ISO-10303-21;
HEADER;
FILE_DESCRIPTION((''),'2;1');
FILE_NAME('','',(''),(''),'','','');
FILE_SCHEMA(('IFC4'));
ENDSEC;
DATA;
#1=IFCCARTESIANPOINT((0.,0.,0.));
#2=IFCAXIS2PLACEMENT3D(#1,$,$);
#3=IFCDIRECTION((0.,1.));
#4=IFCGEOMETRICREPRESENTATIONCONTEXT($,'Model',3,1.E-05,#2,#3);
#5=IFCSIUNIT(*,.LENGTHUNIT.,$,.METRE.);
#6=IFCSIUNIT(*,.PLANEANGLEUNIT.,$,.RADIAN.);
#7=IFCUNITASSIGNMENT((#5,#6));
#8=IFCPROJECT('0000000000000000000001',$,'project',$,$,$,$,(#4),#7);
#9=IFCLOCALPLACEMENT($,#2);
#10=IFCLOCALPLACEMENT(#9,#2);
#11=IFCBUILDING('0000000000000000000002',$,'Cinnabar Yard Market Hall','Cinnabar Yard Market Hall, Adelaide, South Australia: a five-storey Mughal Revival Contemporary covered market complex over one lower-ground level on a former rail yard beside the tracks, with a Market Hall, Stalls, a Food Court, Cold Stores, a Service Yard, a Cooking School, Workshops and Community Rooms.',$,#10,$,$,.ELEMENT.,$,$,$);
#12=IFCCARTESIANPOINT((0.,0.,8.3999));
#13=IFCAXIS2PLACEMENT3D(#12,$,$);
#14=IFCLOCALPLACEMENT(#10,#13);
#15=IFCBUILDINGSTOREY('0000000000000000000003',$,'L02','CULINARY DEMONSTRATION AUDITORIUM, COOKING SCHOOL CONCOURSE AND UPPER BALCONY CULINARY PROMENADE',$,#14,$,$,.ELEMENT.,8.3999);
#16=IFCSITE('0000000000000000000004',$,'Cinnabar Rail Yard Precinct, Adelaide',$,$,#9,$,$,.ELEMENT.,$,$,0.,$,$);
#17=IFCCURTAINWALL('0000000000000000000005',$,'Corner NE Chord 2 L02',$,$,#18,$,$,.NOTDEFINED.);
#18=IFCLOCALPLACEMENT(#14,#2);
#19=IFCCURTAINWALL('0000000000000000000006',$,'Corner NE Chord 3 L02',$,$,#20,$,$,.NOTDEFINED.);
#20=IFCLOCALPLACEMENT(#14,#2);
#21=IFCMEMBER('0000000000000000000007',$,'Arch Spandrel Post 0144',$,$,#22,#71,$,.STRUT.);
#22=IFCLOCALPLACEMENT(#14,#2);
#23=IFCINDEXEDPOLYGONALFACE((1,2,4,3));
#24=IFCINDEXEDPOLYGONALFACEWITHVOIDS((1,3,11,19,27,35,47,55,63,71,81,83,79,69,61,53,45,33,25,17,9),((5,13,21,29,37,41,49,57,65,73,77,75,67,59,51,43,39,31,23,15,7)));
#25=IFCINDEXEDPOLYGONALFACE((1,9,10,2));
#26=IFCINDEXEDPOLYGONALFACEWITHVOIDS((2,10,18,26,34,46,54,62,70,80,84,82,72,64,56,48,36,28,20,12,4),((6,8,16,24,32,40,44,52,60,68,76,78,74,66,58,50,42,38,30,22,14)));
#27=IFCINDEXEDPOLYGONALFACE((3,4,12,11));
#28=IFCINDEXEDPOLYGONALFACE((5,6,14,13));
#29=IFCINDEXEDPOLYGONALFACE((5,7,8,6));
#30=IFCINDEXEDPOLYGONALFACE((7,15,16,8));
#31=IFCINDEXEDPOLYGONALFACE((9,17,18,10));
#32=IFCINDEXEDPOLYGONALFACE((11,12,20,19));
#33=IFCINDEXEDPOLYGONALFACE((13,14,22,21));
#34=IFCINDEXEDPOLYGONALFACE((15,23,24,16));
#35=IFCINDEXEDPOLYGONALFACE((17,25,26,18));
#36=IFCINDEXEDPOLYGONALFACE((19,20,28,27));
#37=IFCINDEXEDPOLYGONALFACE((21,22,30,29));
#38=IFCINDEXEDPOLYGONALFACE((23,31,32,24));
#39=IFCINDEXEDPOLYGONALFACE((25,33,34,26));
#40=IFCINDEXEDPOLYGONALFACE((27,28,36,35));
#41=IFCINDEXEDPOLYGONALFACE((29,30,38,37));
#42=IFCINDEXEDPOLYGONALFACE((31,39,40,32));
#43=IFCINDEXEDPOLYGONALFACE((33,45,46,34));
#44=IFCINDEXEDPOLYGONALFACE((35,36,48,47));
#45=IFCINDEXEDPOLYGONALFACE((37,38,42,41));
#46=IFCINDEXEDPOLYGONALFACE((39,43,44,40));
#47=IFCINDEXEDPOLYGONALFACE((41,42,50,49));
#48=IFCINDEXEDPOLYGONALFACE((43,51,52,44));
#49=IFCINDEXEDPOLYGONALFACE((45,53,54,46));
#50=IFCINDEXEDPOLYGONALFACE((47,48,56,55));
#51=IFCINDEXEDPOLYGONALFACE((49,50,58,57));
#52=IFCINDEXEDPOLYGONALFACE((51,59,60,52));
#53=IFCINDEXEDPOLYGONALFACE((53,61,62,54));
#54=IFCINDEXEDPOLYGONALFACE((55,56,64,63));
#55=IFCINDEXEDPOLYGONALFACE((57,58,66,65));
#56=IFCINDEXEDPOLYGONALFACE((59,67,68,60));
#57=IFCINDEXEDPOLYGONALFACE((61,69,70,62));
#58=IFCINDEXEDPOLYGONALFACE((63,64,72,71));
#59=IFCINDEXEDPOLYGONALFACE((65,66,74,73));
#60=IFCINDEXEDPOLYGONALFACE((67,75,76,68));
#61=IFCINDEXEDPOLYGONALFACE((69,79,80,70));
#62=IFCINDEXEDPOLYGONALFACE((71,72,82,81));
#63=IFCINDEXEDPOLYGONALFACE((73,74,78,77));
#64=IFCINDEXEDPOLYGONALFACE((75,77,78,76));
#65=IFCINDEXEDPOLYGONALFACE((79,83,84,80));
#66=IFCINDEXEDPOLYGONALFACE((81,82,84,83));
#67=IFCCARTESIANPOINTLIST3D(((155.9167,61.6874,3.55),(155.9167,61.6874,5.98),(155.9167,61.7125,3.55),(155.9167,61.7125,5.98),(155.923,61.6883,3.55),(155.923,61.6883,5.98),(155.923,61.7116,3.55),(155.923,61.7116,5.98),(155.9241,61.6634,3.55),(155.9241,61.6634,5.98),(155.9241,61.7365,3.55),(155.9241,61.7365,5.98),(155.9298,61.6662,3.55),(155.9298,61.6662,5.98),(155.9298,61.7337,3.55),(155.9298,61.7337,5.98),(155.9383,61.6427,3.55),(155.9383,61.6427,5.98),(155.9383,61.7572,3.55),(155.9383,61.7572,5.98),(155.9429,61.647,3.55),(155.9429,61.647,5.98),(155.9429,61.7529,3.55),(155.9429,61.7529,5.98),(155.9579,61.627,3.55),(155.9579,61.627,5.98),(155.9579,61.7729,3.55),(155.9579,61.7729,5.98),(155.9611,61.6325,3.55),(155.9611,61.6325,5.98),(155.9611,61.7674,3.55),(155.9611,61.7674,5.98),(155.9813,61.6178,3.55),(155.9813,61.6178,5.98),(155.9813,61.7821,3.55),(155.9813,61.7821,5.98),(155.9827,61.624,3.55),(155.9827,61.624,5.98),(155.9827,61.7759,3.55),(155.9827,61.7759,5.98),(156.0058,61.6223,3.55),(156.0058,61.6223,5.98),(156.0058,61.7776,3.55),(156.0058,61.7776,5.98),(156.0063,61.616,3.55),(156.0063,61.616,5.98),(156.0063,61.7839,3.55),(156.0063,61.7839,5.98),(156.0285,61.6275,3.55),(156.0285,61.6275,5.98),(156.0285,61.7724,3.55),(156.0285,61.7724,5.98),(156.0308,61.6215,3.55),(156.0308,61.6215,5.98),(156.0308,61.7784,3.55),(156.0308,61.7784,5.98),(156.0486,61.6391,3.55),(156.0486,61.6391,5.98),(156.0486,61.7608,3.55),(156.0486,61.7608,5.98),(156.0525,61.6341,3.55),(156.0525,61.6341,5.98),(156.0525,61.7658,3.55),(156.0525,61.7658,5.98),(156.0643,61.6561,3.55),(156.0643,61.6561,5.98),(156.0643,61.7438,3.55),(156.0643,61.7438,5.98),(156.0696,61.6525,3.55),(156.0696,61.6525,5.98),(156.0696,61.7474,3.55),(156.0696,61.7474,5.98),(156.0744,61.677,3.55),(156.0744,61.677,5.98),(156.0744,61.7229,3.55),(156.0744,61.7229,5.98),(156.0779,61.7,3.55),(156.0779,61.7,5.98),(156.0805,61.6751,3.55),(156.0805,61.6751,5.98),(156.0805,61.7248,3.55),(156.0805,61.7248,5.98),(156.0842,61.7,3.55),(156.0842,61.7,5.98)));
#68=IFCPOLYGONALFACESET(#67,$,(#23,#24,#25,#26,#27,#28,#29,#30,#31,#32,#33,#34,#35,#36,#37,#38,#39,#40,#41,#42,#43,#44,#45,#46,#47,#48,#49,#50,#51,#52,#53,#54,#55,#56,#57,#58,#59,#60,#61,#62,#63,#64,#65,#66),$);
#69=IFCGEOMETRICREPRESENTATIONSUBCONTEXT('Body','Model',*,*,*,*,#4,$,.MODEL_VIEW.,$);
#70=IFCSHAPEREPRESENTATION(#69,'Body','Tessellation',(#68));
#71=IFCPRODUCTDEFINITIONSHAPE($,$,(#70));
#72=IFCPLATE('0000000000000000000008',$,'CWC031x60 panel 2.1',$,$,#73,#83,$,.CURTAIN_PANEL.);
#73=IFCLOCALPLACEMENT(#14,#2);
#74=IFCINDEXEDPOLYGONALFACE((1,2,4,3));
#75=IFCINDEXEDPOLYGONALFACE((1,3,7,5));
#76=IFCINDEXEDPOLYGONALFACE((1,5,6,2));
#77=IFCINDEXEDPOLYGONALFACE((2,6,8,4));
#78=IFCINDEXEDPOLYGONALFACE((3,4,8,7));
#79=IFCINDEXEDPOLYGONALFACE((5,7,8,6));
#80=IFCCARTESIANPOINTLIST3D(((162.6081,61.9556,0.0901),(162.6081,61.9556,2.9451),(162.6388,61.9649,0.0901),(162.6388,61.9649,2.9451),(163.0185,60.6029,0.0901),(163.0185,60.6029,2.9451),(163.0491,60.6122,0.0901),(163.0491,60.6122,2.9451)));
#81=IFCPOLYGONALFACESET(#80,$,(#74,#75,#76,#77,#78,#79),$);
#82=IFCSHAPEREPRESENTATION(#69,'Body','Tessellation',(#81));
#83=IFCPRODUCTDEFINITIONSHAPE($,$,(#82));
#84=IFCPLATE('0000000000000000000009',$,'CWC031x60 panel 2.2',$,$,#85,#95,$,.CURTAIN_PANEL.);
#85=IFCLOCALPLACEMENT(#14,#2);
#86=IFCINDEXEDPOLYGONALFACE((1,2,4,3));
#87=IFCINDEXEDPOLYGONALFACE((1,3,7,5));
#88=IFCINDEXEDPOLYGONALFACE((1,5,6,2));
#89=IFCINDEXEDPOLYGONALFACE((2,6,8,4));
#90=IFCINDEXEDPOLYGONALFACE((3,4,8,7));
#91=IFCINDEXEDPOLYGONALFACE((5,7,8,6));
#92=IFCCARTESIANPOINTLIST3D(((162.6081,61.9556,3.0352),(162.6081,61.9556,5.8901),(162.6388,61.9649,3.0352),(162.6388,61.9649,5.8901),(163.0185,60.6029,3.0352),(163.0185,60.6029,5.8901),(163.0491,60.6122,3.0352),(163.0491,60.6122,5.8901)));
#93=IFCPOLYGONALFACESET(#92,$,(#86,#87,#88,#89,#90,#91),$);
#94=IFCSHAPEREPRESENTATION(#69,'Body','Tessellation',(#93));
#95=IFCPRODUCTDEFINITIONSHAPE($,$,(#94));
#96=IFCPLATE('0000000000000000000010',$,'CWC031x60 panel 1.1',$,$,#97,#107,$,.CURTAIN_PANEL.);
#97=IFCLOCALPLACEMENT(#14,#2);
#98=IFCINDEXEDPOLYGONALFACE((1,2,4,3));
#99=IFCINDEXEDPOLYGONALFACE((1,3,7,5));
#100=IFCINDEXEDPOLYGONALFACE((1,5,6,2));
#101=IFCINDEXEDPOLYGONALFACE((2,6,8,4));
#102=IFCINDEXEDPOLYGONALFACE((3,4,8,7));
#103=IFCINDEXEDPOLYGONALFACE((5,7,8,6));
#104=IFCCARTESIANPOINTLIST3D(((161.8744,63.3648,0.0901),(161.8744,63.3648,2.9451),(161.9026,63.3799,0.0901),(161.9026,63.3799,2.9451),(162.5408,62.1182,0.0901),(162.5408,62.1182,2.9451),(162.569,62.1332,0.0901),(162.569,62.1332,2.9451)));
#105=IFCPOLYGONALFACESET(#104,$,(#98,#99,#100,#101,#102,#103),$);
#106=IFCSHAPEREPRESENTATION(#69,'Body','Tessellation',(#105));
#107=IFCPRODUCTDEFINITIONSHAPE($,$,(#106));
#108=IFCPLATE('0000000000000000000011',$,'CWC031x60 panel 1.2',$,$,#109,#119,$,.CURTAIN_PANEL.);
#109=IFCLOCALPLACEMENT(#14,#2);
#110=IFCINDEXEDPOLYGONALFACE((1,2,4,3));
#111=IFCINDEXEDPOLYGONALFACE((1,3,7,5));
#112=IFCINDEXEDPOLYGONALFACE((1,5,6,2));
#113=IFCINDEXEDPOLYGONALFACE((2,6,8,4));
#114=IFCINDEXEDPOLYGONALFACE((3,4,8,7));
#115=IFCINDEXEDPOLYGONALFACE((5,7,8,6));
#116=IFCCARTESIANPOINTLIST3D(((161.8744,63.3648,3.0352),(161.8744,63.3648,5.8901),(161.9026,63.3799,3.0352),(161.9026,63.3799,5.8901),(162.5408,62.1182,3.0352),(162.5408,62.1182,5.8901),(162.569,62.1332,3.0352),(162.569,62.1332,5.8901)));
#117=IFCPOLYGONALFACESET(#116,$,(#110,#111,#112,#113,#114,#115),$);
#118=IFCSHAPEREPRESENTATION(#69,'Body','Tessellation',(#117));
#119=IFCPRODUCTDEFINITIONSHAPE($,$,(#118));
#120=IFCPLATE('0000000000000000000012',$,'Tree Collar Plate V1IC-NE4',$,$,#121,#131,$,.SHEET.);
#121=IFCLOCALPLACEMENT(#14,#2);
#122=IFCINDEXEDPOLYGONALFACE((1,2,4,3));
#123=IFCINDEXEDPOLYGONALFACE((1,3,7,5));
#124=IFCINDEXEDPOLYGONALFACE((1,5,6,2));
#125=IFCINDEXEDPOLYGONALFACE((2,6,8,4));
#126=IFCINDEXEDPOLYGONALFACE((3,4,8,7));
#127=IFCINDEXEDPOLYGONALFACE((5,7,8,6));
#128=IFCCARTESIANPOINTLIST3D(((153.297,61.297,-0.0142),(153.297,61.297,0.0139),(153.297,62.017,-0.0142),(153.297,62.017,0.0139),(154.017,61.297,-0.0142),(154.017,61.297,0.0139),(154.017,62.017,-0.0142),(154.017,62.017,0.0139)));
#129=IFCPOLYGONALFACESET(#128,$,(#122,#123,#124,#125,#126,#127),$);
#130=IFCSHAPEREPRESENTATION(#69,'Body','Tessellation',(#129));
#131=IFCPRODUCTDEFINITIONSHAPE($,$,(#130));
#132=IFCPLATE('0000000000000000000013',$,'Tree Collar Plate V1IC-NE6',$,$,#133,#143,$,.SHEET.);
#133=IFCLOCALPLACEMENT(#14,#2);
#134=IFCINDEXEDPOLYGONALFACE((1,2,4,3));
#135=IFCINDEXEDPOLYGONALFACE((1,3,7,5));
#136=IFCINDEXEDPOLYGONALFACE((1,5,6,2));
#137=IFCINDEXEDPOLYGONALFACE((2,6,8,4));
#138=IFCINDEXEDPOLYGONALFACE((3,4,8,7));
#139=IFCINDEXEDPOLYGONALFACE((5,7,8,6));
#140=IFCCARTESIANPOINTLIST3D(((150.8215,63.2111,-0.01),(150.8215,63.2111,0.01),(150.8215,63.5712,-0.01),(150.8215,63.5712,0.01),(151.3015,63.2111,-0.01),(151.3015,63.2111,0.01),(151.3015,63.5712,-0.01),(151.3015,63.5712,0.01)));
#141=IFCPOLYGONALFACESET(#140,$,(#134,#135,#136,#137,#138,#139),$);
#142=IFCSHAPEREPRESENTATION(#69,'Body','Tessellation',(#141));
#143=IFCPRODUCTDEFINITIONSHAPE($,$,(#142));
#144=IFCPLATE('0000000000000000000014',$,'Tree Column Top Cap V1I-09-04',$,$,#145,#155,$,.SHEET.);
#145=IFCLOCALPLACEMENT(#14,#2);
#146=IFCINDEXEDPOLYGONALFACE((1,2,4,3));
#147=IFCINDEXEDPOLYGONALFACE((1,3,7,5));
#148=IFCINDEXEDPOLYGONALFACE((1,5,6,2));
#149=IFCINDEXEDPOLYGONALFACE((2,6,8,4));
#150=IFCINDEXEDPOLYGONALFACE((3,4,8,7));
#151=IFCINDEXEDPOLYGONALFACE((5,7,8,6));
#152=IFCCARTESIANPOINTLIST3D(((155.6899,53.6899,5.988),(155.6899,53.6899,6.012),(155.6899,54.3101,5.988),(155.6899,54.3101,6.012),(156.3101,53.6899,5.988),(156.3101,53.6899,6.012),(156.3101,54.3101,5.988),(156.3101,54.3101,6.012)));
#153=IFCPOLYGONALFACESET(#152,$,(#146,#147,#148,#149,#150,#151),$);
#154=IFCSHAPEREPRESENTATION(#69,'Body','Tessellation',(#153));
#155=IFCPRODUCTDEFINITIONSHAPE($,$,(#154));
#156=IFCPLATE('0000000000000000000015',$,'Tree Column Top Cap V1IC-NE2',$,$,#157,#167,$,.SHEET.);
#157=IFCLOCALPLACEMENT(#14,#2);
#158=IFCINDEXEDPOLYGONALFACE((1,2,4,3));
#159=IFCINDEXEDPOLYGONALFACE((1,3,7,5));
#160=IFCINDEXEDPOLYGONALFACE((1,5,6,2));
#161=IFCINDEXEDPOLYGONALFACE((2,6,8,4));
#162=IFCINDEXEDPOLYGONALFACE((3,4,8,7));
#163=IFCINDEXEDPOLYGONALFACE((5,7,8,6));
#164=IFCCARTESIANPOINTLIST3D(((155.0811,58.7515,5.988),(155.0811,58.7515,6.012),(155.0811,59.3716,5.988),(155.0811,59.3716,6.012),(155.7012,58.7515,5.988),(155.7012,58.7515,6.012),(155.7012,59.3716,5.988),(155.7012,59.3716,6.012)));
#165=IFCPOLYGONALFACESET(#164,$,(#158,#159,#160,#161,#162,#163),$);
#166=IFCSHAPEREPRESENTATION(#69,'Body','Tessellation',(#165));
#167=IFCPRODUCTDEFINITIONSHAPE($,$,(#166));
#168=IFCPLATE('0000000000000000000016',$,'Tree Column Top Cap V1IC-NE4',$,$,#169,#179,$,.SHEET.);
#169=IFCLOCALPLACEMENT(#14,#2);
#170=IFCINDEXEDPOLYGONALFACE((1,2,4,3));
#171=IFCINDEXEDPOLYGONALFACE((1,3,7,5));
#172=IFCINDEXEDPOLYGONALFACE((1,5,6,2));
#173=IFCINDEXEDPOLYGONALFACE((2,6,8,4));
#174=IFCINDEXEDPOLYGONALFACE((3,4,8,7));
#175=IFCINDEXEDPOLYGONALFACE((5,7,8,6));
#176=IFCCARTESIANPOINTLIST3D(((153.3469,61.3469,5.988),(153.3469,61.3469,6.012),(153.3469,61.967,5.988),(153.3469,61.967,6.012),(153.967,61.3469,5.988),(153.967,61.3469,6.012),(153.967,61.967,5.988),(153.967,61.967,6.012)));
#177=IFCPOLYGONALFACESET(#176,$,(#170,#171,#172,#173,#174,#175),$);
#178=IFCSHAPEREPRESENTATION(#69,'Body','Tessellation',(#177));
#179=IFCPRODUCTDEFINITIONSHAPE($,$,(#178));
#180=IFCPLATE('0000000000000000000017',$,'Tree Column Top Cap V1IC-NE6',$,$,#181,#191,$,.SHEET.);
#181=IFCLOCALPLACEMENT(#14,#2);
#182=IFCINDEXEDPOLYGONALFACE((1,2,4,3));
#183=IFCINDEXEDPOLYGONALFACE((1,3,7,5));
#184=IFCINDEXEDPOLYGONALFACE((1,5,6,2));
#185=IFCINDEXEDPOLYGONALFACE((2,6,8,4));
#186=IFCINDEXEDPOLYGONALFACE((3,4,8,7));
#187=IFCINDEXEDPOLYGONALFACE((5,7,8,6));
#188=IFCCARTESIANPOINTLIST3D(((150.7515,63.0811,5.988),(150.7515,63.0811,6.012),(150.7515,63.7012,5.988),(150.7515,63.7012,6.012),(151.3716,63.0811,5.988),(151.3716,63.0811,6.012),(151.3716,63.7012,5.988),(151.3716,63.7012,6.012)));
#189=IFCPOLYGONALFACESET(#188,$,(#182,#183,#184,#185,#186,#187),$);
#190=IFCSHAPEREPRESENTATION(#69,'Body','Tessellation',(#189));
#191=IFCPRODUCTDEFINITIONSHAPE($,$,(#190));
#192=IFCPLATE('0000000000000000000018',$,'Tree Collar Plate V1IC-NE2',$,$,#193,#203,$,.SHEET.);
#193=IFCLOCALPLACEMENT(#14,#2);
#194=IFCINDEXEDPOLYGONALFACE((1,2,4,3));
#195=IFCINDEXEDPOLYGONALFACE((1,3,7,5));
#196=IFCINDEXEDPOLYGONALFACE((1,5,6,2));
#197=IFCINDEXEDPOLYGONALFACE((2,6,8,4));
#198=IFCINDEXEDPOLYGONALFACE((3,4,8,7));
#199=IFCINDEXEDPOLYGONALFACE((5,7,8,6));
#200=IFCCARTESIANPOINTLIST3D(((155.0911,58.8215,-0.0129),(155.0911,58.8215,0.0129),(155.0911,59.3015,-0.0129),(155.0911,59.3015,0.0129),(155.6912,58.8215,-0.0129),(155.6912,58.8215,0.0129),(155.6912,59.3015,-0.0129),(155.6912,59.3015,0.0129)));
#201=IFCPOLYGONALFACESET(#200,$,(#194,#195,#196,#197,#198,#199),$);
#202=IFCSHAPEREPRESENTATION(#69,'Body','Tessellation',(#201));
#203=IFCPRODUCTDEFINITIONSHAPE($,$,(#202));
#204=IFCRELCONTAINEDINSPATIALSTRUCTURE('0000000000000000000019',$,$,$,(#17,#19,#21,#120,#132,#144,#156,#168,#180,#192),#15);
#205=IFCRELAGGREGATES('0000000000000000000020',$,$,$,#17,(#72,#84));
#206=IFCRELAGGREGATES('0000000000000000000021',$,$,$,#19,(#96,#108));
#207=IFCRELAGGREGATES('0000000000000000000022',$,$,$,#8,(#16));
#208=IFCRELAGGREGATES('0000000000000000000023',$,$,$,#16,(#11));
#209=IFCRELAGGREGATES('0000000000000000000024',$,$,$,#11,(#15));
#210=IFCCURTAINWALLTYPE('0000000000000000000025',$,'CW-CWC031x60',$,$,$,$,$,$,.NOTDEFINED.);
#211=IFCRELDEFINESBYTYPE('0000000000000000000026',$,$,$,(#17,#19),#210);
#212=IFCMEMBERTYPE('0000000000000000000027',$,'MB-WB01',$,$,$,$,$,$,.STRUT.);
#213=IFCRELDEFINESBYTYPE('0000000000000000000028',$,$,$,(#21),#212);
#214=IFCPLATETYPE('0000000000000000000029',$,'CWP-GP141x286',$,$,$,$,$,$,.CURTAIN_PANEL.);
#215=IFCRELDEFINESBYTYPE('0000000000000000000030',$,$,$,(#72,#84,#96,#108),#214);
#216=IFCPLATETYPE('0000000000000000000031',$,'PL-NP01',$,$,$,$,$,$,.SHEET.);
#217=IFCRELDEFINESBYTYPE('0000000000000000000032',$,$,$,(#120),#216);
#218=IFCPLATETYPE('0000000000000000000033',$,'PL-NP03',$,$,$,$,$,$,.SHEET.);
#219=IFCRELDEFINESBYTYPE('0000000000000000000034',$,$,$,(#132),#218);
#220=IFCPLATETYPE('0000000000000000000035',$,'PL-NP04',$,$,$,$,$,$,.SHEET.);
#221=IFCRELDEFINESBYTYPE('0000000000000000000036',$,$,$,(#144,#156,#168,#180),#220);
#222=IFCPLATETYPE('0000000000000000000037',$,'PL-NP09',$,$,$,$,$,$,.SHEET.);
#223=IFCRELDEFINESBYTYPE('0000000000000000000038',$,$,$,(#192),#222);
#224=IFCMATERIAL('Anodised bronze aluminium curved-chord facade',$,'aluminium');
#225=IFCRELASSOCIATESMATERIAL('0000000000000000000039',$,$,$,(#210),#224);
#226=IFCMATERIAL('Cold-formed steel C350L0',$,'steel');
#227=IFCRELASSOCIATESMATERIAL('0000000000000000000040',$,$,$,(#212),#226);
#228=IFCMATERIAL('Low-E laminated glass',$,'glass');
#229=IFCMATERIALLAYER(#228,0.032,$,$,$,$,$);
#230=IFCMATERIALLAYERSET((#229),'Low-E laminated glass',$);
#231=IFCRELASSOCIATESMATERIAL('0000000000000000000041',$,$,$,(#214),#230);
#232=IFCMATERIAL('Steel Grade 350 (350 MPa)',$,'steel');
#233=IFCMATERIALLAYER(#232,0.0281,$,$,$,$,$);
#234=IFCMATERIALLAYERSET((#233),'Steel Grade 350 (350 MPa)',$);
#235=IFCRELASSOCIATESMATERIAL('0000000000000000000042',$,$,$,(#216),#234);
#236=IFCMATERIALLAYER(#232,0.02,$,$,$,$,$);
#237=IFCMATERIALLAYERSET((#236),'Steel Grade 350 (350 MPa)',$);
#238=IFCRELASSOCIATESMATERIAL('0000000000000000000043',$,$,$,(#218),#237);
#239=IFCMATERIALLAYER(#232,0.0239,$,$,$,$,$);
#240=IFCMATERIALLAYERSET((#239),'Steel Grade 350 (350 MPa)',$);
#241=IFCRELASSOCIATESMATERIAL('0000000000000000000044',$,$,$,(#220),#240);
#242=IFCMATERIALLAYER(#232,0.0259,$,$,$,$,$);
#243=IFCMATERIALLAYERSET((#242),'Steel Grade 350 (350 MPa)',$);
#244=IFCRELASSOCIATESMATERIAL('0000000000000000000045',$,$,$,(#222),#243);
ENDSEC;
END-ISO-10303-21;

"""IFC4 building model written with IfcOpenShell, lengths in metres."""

from ifc_helpers import new_model, si_unit, direction, frame, origin, origin_2d_with_axis, place, context, subcontext, project, spatial, rectangle, hollow_circle, extrude, material, layer, layer_set, material_profile, profile_set, type_object, element, aggregate, save


model = new_model("IFC4")

# Units and contexts
model_context = context("Model", 3, precision=1e-05, world=origin(), true_north=direction((0.0, 1.0)))
body_context = subcontext(model_context, "Body", "Model", "MODEL_VIEW")
ifc_project = project(units=[si_unit("LENGTHUNIT", "METRE"), si_unit("PLANEANGLEUNIT", "RADIAN")], contexts=[model_context])

# Site, building, storey
site_placement = place(None, origin())
site = spatial("IfcSite", under=ifc_project, at=site_placement, Name="Cinnabar Rail Yard Precinct, Adelaide", CompositionType="ELEMENT", RefElevation=0.0)
building_placement = place(site_placement, origin())
building = spatial("IfcBuilding", under=site, at=building_placement, Name="Cinnabar Yard Market Hall", Description="Cinnabar Yard Market Hall, Adelaide, South Australia: a five-storey Mughal Revival Contemporary covered market complex over one lower-ground level on a former rail yard beside the tracks, with a Market Hall, Stalls, a Food Court, Cold Stores, a Service Yard, a Cooking School, Workshops and Community Rooms.", CompositionType="ELEMENT")
storey_placement = place(building_placement, frame((0.0, 0.0, 8.3999)))
storey = spatial("IfcBuildingStorey", under=building, at=storey_placement, Name="L02", Description="CULINARY DEMONSTRATION AUDITORIUM, COOKING SCHOOL CONCOURSE AND UPPER BALCONY CULINARY PROMENADE", CompositionType="ELEMENT", Elevation=8.3999)

# Curtain wall
ifc_material_1 = material(Name="Anodised bronze aluminium curved-chord facade", Category="aluminium")
curtain_wall_type = type_object("IfcCurtainWallType", Name="CW-CWC031x60", PredefinedType="NOTDEFINED", material=ifc_material_1)
curtain_wall_1_placement = place(storey_placement, origin())
curtain_wall_1 = element("IfcCurtainWall", 1, at=curtain_wall_1_placement, inside=storey, type_object=curtain_wall_type, Name="Corner NE Chord 2 L02", PredefinedType="NOTDEFINED")

# Curtain wall
curtain_wall_2_placement = place(storey_placement, origin())
curtain_wall_2 = element("IfcCurtainWall", 2, at=curtain_wall_2_placement, inside=storey, type_object=curtain_wall_type, Name="Corner NE Chord 3 L02", PredefinedType="NOTDEFINED")

# Member
ifc_material_2 = material(Name="Cold-formed steel C350L0", Category="steel")
ifc_material_profile_1 = material_profile(ifc_material_2, hollow_circle(Radius=0.0842, WallThickness=0.0063, at=origin_2d_with_axis()), Name="168.3x6.4CHS")
ifc_profile_set_1 = profile_set([ifc_material_profile_1], Name="Cold-formed steel C350L0")
member_type_1 = type_object("IfcMemberType", Name="MB-WB01", PredefinedType="STRUT", material=ifc_profile_set_1)
for number, where, z_axis, x_axis, name in (
    (3, (156.0, 61.7, 3.55), (0.0, 0.0, 1.0), (1.0, 0.0, 0.0), "Arch Spandrel Post 0144"),
):
    element("IfcMember", number, at=place(storey_placement, frame(where, z_axis=z_axis, x_axis=x_axis)), inside=storey, type_object=member_type_1, Name=name, PredefinedType="STRUT", context=body_context, shape_type="SweptSolid", body=[
        extrude(hollow_circle(Radius=0.0842, WallThickness=0.0063, at=origin_2d_with_axis()), origin(), (0.0, 0.0, 1.0), 2.4299),
    ])

# Plates
ifc_material_3 = material(Name="Low-E laminated glass", Category="glass")
ifc_layer_1 = layer(ifc_material_3, 0.032)
ifc_layer_set_1 = layer_set([ifc_layer_1], Name="Low-E laminated glass")
plate_type_1 = type_object("IfcPlateType", Name="CWP-GP141x286", PredefinedType="CURTAIN_PANEL", material=ifc_layer_set_1)
plate_1_placement = place(storey_placement, frame((162.8286, 61.2839, 0.0901), z_axis=(0.0, 0.0, 1.0), x_axis=(-0.290279, 0.956942, 0.0)))
plate_1 = element("IfcPlate", 4, at=plate_1_placement, type_object=plate_type_1, Name="CWC031x60 panel 2.1", PredefinedType="CURTAIN_PANEL", context=body_context, shape_type="SweptSolid", body=[
    extrude(rectangle(XDim=1.4136, YDim=0.032, at=origin_2d_with_axis()), origin(), (0.0, 0.0, 1.0), 2.855),
])
plate_2_placement = place(storey_placement, frame((162.8286, 61.2839, 3.0352), z_axis=(0.0, 0.0, 1.0), x_axis=(-0.290279, 0.956942, 0.0)))
plate_2 = element("IfcPlate", 5, at=plate_2_placement, type_object=plate_type_1, Name="CWC031x60 panel 2.2", PredefinedType="CURTAIN_PANEL", context=body_context, shape_type="SweptSolid", body=[
    extrude(rectangle(XDim=1.4136, YDim=0.032, at=origin_2d_with_axis()), origin(), (0.0, 0.0, 1.0), 2.855),
])
aggregate(curtain_wall_1, [plate_1, plate_2])
plate_3_placement = place(storey_placement, frame((162.2217, 62.749, 0.0901), z_axis=(0.0, 0.0, 1.0), x_axis=(-0.471404, 0.881917, 0.0)))
plate_3 = element("IfcPlate", 6, at=plate_3_placement, type_object=plate_type_1, Name="CWC031x60 panel 1.1", PredefinedType="CURTAIN_PANEL", context=body_context, shape_type="SweptSolid", body=[
    extrude(rectangle(XDim=1.4136, YDim=0.032, at=origin_2d_with_axis()), origin(), (0.0, 0.0, 1.0), 2.855),
])
plate_4_placement = place(storey_placement, frame((162.2217, 62.749, 3.0352), z_axis=(0.0, 0.0, 1.0), x_axis=(-0.471404, 0.881917, 0.0)))
plate_4 = element("IfcPlate", 7, at=plate_4_placement, type_object=plate_type_1, Name="CWC031x60 panel 1.2", PredefinedType="CURTAIN_PANEL", context=body_context, shape_type="SweptSolid", body=[
    extrude(rectangle(XDim=1.4136, YDim=0.032, at=origin_2d_with_axis()), origin(), (0.0, 0.0, 1.0), 2.855),
])
aggregate(curtain_wall_2, [plate_3, plate_4])

# Plates
ifc_material_4 = material(Name="Steel Grade 350 (350 MPa)", Category="steel")
ifc_layer_2 = layer(ifc_material_4, 0.0281)
ifc_layer_set_2 = layer_set([ifc_layer_2], Name="Steel Grade 350 (350 MPa)")
plate_type_2 = type_object("IfcPlateType", Name="PL-NP01", PredefinedType="SHEET", material=ifc_layer_set_2)
plate_5_placement = place(storey_placement, frame((153.657, 61.657, -0.0142), z_axis=(0.0, 0.0, 1.0), x_axis=(1.0, 0.0, 0.0)))
element("IfcPlate", 8, at=plate_5_placement, inside=storey, type_object=plate_type_2, Name="Tree Collar Plate V1IC-NE4", PredefinedType="SHEET", context=body_context, shape_type="SweptSolid", body=[
    extrude(rectangle(XDim=0.72, YDim=0.72, at=origin_2d_with_axis()), origin(), (0.0, 0.0, 1.0), 0.0281),
])
ifc_layer_3 = layer(ifc_material_4, 0.02)
ifc_layer_set_3 = layer_set([ifc_layer_3], Name="Steel Grade 350 (350 MPa)")
plate_type_3 = type_object("IfcPlateType", Name="PL-NP03", PredefinedType="SHEET", material=ifc_layer_set_3)
plate_6_placement = place(storey_placement, frame((151.0615, 63.3911, -0.01), z_axis=(0.0, 0.0, 1.0), x_axis=(1.0, 0.0, 0.0)))
element("IfcPlate", 9, at=plate_6_placement, inside=storey, type_object=plate_type_3, Name="Tree Collar Plate V1IC-NE6", PredefinedType="SHEET", context=body_context, shape_type="SweptSolid", body=[
    extrude(rectangle(XDim=0.48, YDim=0.3601, at=origin_2d_with_axis()), origin(), (0.0, 0.0, 1.0), 0.02),
])
ifc_layer_4 = layer(ifc_material_4, 0.0239)
ifc_layer_set_4 = layer_set([ifc_layer_4], Name="Steel Grade 350 (350 MPa)")
plate_type_4 = type_object("IfcPlateType", Name="PL-NP04", PredefinedType="SHEET", material=ifc_layer_set_4)
for number, where, z_axis, x_axis, name in (
    (10, (156.0, 54.0, 5.988), (0.0, 0.0, 1.0), (1.0, 0.0, 0.0), "Tree Column Top Cap V1I-09-04"),
    (11, (155.3911, 59.0615, 5.988), (0.0, 0.0, 1.0), (1.0, 0.0, 0.0), "Tree Column Top Cap V1IC-NE2"),
    (12, (153.657, 61.657, 5.988), (0.0, 0.0, 1.0), (1.0, 0.0, 0.0), "Tree Column Top Cap V1IC-NE4"),
    (13, (151.0615, 63.3911, 5.988), (0.0, 0.0, 1.0), (1.0, 0.0, 0.0), "Tree Column Top Cap V1IC-NE6"),
):
    element("IfcPlate", number, at=place(storey_placement, frame(where, z_axis=z_axis, x_axis=x_axis)), inside=storey, type_object=plate_type_4, Name=name, PredefinedType="SHEET", context=body_context, shape_type="SweptSolid", body=[
        extrude(rectangle(XDim=0.6201, YDim=0.6201, at=origin_2d_with_axis()), origin(), (0.0, 0.0, 1.0), 0.0239),
    ])
ifc_layer_5 = layer(ifc_material_4, 0.0259)
ifc_layer_set_5 = layer_set([ifc_layer_5], Name="Steel Grade 350 (350 MPa)")
plate_type_5 = type_object("IfcPlateType", Name="PL-NP09", PredefinedType="SHEET", material=ifc_layer_set_5)
plate_7_placement = place(storey_placement, frame((155.3911, 59.0615, -0.0129), z_axis=(0.0, 0.0, 1.0), x_axis=(1.0, 0.0, 0.0)))
element("IfcPlate", 14, at=plate_7_placement, inside=storey, type_object=plate_type_5, Name="Tree Collar Plate V1IC-NE2", PredefinedType="SHEET", context=body_context, shape_type="SweptSolid", body=[
    extrude(rectangle(XDim=0.6001, YDim=0.48, at=origin_2d_with_axis()), origin(), (0.0, 0.0, 1.0), 0.0259),
])

save(model, "model.ifc")
